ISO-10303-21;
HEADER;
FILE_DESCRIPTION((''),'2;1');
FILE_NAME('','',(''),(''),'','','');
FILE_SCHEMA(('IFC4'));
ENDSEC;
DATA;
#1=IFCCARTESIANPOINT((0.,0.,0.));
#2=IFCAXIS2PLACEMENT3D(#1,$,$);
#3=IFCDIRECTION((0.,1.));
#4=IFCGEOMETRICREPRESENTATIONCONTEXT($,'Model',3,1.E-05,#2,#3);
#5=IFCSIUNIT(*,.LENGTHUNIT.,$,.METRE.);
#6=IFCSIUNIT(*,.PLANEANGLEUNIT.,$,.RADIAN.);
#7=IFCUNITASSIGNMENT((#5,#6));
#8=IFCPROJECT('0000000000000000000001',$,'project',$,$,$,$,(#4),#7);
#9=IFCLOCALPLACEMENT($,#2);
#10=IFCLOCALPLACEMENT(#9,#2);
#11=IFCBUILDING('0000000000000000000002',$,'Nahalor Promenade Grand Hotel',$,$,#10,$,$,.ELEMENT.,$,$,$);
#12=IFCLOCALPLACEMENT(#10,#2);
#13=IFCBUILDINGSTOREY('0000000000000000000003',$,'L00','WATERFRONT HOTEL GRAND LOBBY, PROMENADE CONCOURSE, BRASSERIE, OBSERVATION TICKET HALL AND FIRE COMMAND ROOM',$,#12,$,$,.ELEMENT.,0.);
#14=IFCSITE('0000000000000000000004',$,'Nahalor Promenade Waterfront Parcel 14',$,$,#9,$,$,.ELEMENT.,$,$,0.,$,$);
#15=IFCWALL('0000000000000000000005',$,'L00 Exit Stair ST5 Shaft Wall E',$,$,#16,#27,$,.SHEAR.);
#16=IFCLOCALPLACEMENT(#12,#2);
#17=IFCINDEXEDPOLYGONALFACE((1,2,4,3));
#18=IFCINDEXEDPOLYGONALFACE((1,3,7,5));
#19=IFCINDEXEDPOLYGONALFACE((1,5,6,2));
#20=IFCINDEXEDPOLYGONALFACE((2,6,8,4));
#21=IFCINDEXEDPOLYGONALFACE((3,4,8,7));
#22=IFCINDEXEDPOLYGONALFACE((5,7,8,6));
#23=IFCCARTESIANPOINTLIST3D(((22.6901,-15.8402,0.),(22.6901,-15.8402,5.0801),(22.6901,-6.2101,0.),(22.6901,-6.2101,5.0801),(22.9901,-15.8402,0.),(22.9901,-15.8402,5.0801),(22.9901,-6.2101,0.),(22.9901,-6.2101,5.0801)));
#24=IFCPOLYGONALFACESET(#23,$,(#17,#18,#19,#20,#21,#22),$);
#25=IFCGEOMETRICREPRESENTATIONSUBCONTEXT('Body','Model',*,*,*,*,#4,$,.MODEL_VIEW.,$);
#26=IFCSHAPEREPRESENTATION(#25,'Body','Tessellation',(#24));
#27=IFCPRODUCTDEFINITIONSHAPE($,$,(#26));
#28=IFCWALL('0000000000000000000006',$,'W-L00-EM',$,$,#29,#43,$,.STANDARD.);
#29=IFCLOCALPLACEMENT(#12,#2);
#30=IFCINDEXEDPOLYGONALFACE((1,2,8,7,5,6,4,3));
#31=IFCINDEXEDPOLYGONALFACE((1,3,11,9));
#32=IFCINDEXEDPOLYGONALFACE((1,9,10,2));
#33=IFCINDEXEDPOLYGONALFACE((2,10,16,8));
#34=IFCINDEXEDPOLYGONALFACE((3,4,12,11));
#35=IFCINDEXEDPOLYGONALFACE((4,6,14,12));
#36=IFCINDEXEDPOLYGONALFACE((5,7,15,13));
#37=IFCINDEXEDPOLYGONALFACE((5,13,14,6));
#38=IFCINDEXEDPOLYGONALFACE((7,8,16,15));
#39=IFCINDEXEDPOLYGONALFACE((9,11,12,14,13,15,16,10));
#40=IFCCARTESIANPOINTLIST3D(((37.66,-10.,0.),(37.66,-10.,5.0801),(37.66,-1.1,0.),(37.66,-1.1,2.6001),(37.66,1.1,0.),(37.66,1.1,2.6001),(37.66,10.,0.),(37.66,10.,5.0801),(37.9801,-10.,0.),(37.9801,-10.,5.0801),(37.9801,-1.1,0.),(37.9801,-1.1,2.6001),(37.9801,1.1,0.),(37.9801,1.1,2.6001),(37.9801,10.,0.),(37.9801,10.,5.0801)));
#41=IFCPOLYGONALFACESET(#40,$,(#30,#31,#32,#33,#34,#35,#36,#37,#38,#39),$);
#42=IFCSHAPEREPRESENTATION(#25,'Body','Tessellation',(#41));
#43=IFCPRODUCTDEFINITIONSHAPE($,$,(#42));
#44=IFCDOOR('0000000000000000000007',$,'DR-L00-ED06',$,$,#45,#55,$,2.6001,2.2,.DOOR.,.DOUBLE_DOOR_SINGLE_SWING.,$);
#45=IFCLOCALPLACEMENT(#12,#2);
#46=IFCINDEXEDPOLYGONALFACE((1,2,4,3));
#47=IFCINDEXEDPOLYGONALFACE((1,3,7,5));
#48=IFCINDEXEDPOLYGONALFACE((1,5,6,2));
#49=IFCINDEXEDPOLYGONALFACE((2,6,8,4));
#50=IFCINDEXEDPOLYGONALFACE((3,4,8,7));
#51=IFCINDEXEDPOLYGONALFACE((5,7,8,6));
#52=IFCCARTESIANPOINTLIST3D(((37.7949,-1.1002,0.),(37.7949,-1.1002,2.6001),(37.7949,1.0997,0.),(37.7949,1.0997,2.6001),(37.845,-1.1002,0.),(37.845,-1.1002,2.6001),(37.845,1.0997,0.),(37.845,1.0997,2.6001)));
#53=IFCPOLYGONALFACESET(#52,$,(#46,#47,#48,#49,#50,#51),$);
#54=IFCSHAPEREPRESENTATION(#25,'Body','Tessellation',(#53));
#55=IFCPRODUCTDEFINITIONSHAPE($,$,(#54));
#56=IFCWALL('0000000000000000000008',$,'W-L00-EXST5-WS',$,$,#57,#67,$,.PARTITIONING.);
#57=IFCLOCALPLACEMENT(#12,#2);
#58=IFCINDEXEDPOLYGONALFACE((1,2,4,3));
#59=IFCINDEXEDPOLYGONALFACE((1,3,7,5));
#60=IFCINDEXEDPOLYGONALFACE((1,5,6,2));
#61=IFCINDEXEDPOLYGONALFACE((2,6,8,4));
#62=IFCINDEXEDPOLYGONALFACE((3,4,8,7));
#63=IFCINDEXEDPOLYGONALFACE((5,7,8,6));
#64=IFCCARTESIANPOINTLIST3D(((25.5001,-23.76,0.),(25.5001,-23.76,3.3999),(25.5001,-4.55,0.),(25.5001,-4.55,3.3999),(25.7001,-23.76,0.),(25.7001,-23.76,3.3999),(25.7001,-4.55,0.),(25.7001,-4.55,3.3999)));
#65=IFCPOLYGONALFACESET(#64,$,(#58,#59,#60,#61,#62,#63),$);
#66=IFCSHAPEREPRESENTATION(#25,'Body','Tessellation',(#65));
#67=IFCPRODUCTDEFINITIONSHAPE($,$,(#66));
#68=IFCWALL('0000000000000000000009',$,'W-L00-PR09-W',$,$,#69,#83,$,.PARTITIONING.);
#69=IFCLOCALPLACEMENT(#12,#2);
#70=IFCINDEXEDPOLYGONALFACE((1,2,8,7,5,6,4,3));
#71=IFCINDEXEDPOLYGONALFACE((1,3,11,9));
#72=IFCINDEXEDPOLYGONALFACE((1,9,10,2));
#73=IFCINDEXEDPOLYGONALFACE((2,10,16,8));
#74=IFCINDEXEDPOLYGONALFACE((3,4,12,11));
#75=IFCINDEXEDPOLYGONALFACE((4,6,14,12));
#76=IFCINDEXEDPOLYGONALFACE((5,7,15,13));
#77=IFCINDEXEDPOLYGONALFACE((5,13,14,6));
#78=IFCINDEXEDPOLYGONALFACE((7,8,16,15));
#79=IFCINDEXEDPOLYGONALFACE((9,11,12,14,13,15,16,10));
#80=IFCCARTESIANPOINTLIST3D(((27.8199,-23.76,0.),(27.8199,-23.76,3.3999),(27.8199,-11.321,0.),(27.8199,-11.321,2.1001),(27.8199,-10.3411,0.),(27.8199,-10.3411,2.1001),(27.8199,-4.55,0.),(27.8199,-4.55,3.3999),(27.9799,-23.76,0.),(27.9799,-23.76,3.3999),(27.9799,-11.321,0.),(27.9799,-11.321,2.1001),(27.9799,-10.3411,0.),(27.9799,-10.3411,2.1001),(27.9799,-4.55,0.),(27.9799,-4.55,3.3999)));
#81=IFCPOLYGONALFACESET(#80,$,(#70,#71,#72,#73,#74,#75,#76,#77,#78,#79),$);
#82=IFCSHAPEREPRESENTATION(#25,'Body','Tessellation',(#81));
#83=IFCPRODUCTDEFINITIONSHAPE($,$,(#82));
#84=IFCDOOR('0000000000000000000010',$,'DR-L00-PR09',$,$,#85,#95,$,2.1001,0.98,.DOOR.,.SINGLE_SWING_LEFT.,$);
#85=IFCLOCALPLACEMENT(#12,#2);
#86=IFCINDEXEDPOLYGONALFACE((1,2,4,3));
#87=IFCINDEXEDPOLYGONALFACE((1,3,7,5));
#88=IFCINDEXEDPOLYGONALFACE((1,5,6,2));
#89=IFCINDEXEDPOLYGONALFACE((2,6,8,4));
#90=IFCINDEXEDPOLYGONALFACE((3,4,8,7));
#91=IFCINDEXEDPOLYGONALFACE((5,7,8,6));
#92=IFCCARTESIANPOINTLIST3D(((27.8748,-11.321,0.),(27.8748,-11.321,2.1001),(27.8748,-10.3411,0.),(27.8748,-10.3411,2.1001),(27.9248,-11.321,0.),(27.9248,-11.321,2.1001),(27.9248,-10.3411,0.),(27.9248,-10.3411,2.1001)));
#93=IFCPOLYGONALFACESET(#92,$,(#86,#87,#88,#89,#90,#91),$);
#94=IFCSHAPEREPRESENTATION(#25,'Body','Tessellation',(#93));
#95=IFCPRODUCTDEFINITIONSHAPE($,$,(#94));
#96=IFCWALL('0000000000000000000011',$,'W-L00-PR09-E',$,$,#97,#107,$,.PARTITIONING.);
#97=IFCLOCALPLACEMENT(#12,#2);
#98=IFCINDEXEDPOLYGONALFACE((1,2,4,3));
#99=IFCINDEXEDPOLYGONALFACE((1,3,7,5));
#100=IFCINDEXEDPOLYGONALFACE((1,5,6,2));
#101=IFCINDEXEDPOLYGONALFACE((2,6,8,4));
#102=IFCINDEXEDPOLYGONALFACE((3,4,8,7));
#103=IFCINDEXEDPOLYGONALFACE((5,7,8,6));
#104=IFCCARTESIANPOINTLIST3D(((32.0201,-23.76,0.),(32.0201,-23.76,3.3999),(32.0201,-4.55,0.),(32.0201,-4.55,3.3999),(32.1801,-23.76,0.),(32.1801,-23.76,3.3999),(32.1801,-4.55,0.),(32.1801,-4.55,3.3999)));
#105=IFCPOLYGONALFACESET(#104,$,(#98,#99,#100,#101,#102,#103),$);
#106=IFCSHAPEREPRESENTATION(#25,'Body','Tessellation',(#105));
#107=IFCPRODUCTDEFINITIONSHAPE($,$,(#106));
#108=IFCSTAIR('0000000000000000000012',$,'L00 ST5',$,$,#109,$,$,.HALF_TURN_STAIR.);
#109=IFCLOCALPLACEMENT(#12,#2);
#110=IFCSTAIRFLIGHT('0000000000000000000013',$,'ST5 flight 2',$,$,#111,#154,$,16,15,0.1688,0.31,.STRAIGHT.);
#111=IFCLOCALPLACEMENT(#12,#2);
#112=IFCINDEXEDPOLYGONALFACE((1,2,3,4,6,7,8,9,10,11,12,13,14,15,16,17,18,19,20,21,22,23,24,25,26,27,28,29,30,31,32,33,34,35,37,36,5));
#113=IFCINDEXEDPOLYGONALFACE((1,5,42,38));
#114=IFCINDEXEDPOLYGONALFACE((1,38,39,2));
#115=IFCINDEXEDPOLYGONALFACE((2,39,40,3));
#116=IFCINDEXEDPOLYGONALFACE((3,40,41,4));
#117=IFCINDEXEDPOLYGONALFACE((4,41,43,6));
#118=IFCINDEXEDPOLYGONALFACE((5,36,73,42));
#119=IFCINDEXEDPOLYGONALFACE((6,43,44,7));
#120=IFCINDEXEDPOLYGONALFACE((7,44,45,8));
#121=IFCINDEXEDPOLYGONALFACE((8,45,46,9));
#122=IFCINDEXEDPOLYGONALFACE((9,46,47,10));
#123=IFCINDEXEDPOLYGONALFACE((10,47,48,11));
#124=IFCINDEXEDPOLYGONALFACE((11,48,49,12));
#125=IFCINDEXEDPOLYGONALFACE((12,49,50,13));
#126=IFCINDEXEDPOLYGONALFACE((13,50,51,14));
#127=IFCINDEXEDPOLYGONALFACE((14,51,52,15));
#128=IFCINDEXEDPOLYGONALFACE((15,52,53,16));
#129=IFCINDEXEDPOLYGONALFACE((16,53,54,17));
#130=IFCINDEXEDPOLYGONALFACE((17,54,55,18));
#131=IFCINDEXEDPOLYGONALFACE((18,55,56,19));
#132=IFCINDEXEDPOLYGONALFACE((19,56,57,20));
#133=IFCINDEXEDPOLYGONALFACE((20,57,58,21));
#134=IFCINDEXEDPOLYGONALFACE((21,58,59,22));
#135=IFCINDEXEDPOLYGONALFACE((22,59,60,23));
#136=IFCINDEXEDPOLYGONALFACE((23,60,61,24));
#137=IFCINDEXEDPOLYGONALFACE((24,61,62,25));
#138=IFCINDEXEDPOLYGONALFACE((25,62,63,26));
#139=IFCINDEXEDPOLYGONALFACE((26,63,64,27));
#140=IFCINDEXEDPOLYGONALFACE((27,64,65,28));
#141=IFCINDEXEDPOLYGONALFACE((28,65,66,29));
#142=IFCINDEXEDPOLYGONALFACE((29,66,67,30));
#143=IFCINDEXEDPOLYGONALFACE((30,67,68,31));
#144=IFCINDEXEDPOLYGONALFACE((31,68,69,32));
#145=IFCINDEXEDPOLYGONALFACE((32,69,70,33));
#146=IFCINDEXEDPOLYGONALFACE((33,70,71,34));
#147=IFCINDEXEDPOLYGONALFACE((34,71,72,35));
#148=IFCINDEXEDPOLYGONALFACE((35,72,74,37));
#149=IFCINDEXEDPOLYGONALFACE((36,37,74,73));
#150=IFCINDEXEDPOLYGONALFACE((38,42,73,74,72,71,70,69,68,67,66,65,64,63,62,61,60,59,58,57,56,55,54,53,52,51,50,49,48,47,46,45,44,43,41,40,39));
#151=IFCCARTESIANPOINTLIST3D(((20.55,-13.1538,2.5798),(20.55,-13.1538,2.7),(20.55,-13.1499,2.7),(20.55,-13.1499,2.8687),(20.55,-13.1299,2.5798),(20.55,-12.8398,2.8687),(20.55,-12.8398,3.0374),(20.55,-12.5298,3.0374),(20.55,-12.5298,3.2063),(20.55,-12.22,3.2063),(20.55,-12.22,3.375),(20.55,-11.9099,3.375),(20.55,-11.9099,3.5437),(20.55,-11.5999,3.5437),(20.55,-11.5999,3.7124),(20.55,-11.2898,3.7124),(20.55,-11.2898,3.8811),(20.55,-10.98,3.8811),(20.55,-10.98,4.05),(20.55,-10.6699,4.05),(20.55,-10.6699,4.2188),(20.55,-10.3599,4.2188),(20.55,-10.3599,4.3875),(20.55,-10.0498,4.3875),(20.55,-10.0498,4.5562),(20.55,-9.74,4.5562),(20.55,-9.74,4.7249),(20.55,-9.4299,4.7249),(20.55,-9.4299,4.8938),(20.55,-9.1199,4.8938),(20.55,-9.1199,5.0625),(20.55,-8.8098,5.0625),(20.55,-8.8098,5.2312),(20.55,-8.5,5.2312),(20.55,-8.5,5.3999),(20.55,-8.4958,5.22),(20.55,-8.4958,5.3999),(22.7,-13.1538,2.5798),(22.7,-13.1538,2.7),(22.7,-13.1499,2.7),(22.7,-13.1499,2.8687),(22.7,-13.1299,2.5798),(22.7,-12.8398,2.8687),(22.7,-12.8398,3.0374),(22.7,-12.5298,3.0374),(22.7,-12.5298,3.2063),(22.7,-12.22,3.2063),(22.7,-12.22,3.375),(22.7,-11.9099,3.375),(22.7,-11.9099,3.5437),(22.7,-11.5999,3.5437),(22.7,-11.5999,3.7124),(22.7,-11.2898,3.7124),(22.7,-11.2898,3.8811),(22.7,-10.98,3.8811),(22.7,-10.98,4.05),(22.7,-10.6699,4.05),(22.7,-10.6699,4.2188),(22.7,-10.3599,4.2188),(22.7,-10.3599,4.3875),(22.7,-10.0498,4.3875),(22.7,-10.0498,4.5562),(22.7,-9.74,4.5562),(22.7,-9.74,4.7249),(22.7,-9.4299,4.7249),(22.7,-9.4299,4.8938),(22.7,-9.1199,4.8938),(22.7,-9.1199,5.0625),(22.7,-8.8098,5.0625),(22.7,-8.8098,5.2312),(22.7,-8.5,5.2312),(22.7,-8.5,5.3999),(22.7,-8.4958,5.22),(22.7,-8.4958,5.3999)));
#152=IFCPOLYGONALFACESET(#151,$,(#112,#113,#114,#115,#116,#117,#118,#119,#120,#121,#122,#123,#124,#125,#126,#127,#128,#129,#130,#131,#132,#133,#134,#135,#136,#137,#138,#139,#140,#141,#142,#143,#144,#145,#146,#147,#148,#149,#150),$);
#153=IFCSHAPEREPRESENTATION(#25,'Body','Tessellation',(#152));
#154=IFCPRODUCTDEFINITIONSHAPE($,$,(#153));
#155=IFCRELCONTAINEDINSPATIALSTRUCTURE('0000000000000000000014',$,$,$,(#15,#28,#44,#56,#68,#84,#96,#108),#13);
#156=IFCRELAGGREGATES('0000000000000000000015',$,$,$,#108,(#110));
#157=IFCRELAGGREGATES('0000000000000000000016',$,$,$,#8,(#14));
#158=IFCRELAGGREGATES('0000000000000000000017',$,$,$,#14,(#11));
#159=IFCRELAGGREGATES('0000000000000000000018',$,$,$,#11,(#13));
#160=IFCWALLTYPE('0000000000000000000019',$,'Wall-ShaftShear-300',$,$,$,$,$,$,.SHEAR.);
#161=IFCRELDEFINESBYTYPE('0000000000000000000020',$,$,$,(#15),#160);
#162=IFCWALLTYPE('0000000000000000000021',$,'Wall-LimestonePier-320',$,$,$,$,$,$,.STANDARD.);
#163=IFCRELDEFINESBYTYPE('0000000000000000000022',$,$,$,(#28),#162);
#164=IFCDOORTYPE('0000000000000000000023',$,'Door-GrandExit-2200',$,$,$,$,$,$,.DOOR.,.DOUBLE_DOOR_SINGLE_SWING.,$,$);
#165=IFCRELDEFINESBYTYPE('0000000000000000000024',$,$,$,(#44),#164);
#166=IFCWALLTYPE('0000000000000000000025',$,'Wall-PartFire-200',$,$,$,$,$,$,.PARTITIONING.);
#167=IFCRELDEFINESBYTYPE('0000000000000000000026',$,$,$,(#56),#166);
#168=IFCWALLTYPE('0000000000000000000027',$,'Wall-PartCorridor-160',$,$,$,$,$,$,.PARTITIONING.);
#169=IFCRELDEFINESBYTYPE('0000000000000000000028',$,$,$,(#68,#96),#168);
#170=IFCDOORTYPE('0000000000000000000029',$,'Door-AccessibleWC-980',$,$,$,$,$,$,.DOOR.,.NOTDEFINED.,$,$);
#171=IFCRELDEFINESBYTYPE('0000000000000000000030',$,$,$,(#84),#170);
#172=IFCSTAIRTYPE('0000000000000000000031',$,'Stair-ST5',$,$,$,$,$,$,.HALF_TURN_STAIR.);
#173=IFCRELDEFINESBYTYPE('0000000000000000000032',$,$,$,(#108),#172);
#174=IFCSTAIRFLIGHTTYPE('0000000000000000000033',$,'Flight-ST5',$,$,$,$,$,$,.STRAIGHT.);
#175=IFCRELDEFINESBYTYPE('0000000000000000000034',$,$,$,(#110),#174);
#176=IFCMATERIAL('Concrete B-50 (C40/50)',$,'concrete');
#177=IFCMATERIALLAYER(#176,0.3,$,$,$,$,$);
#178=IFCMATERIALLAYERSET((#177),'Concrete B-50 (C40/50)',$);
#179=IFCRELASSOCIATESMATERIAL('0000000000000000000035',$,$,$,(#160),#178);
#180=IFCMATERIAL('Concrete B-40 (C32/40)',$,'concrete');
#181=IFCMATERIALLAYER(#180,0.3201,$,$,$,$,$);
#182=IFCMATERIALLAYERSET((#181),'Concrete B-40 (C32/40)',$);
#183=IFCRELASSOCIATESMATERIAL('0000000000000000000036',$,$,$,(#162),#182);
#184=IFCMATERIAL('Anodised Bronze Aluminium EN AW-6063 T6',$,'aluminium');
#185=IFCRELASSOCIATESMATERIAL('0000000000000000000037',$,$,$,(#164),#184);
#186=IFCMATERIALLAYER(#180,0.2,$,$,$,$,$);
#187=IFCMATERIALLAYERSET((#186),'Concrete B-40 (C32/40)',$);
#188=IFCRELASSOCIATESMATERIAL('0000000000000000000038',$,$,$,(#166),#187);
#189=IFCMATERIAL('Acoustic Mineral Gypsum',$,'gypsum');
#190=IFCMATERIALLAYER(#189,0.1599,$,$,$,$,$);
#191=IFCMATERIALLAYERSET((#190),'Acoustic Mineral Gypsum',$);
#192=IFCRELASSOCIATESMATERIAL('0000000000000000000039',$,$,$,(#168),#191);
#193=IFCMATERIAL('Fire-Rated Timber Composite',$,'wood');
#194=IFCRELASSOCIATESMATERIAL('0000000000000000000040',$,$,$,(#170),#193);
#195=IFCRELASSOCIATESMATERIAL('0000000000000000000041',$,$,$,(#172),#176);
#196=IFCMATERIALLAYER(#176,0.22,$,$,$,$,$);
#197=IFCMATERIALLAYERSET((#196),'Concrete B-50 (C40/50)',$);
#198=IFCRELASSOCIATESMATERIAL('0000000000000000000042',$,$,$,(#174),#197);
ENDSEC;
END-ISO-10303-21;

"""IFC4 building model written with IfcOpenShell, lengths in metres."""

from ifc_helpers import new_model, si_unit, direction, frame, frame_2d, origin, place, context, subcontext, project, spatial, polyline, rectangle, outline, extrude, source, transform, mapped, material, layer, layer_set, type_object, element, fill, aggregate, save


model = new_model("IFC4")

# Units and contexts
model_context = context("Model", 3, precision=1e-05, world=origin(), true_north=direction((0.0, 1.0)))
body_context = subcontext(model_context, "Body", "Model", "MODEL_VIEW")
ifc_project = project(units=[si_unit("LENGTHUNIT", "METRE"), si_unit("PLANEANGLEUNIT", "RADIAN")], contexts=[model_context])

# Site, building, storey
site_placement = place(None, origin())
site = spatial("IfcSite", under=ifc_project, at=site_placement, Name="Nahalor Promenade Waterfront Parcel 14", CompositionType="ELEMENT", RefElevation=0.0)
building_placement = place(site_placement, origin())
building = spatial("IfcBuilding", under=site, at=building_placement, Name="Nahalor Promenade Grand Hotel", CompositionType="ELEMENT")
storey_placement = place(building_placement, origin())
storey = spatial("IfcBuildingStorey", under=building, at=storey_placement, Name="L00", Description="WATERFRONT HOTEL GRAND LOBBY, PROMENADE CONCOURSE, BRASSERIE, OBSERVATION TICKET HALL AND FIRE COMMAND ROOM", CompositionType="ELEMENT", Elevation=0.0)

# Shared definitions
ifc_material_1 = material(Name="Anodised Bronze Aluminium EN AW-6063 T6", Category="aluminium")

# Wall
ifc_material_2 = material(Name="Concrete B-50 (C40/50)", Category="concrete")
ifc_layer_1 = layer(ifc_material_2, 0.3)
ifc_layer_set_1 = layer_set([ifc_layer_1], Name="Concrete B-50 (C40/50)")
wall_type_1 = type_object("IfcWallType", Name="Wall-ShaftShear-300", PredefinedType="SHEAR", material=ifc_layer_set_1)
shared_shape_1 = source(origin(), body_context, "Body", "SweptSolid", [
    extrude(rectangle(XDim=9.6301, YDim=0.3, at=frame_2d((4.8149, 0.0))), origin(), (0.0, 0.0, 1.0), 5.0801),
])
wall_1_placement = place(storey_placement, frame((22.8401, -15.8401, 0.0), z_axis=(0.0, 0.0, 1.0), x_axis=(0.0, 1.0, 0.0)))
element("IfcWall", 1, at=wall_1_placement, inside=storey, type_object=wall_type_1, Name="L00 Exit Stair ST5 Shaft Wall E", PredefinedType="SHEAR", context=body_context, shape_type="MappedRepresentation", body=[
    mapped(shared_shape_1, transform((0.0, 0.0, 0.0), scale=1.0)),
])

# Wall, opening, door
ifc_material_3 = material(Name="Concrete B-40 (C32/40)", Category="concrete")
ifc_layer_2 = layer(ifc_material_3, 0.3201)
ifc_layer_set_2 = layer_set([ifc_layer_2], Name="Concrete B-40 (C32/40)")
wall_type_2 = type_object("IfcWallType", Name="Wall-LimestonePier-320", PredefinedType="STANDARD", material=ifc_layer_set_2)
shared_shape_2 = source(origin(), body_context, "Body", "SweptSolid", [
    extrude(rectangle(XDim=20.0, YDim=0.3201, at=frame_2d((10.0, 0.0))), origin(), (0.0, 0.0, 1.0), 5.0801),
])
wall_2_placement = place(storey_placement, frame((37.8201, -10.0, 0.0), z_axis=(0.0, 0.0, 1.0), x_axis=(0.0, 1.0, 0.0)))
wall_2 = element("IfcWall", 2, at=wall_2_placement, inside=storey, type_object=wall_type_2, Name="W-L00-EM", PredefinedType="STANDARD", context=body_context, shape_type="MappedRepresentation", body=[
    mapped(shared_shape_2, transform((0.0, 0.0, 0.0), scale=1.0)),
])
opening_1_placement = place(wall_2_placement, frame((8.8999, 0.0, 0.0)))
opening_1 = element("IfcOpeningElement", 3, at=opening_1_placement, cuts=wall_2, PredefinedType="OPENING", context=body_context, shape_type="SweptSolid", body=[
    extrude(rectangle(XDim=2.2, YDim=2.6001, at=frame_2d((1.1001, 1.3))), frame((0.0, 0.1699, 0.0), z_axis=(0.0, -1.0, 0.0), x_axis=(1.0, 0.0, 0.0)), (0.0, 0.0, 1.0), 0.3401),
])
door_type_1 = type_object("IfcDoorType", Name="Door-GrandExit-2200", OperationType="DOUBLE_DOOR_SINGLE_SWING", PredefinedType="DOOR", material=ifc_material_1)
shared_shape_3 = source(origin(), body_context, "Body", "SweptSolid", [
    extrude(rectangle(XDim=2.2, YDim=2.6001, at=frame_2d((1.1001, 1.3))), frame((0.0, 0.0249, 0.0), z_axis=(0.0, -1.0, 0.0), x_axis=(1.0, 0.0, 0.0)), (0.0, 0.0, 1.0), 0.05),
])
door_1_placement = place(opening_1_placement, frame((2.2, 0.0, 0.0), z_axis=(0.0, 0.0, 1.0), x_axis=(-1.0, 0.0, 0.0)))
door_1 = element("IfcDoor", 4, at=door_1_placement, inside=storey, type_object=door_type_1, Name="DR-L00-ED06", OperationType="DOUBLE_DOOR_SINGLE_SWING", OverallHeight=2.6001, OverallWidth=2.2, PredefinedType="DOOR", context=body_context, shape_type="MappedRepresentation", body=[
    mapped(shared_shape_3, transform((0.0, 0.0, 0.0), scale=1.0)),
])
fill(opening_1, door_1)

# Wall
ifc_layer_3 = layer(ifc_material_3, 0.2)
ifc_layer_set_3 = layer_set([ifc_layer_3], Name="Concrete B-40 (C32/40)")
wall_type_3 = type_object("IfcWallType", Name="Wall-PartFire-200", PredefinedType="PARTITIONING", material=ifc_layer_set_3)
shared_shape_4 = source(origin(), body_context, "Body", "SweptSolid", [
    extrude(rectangle(XDim=19.21, YDim=0.2, at=frame_2d((9.605, 0.0))), origin(), (0.0, 0.0, 1.0), 3.3999),
])
wall_3_placement = place(storey_placement, frame((25.6001, -23.76, 0.0), z_axis=(0.0, 0.0, 1.0), x_axis=(0.0, 1.0, 0.0)))
element("IfcWall", 5, at=wall_3_placement, inside=storey, type_object=wall_type_3, Name="W-L00-EXST5-WS", PredefinedType="PARTITIONING", context=body_context, shape_type="MappedRepresentation", body=[
    mapped(shared_shape_4, transform((0.0, 0.0, 0.0), scale=1.0)),
])

# Wall, opening, door
ifc_material_4 = material(Name="Acoustic Mineral Gypsum", Category="gypsum")
ifc_layer_4 = layer(ifc_material_4, 0.1599)
ifc_layer_set_4 = layer_set([ifc_layer_4], Name="Acoustic Mineral Gypsum")
wall_type_4 = type_object("IfcWallType", Name="Wall-PartCorridor-160", PredefinedType="PARTITIONING", material=ifc_layer_set_4)
shared_shape_5 = source(origin(), body_context, "Body", "SweptSolid", [
    extrude(rectangle(XDim=19.21, YDim=0.1599, at=frame_2d((9.605, 0.0))), origin(), (0.0, 0.0, 1.0), 3.3999),
])
wall_4_placement = place(storey_placement, frame((27.8999, -23.76, 0.0), z_axis=(0.0, 0.0, 1.0), x_axis=(0.0, 1.0, 0.0)))
wall_4 = element("IfcWall", 6, at=wall_4_placement, inside=storey, type_object=wall_type_4, Name="W-L00-PR09-W", PredefinedType="PARTITIONING", context=body_context, shape_type="MappedRepresentation", body=[
    mapped(shared_shape_5, transform((0.0, 0.0, 0.0), scale=1.0)),
])
opening_2_placement = place(wall_4_placement, frame((12.439, 0.0, 0.0)))
opening_2 = element("IfcOpeningElement", 7, at=opening_2_placement, cuts=wall_4, PredefinedType="OPENING", context=body_context, shape_type="SweptSolid", body=[
    extrude(rectangle(XDim=0.98, YDim=2.1001, at=frame_2d((0.49, 1.05))), frame((0.0, 0.0898, 0.0), z_axis=(0.0, -1.0, 0.0), x_axis=(1.0, 0.0, 0.0)), (0.0, 0.0, 1.0), 0.1799),
])
ifc_material_5 = material(Name="Fire-Rated Timber Composite", Category="wood")
door_type_2 = type_object("IfcDoorType", Name="Door-AccessibleWC-980", OperationType="NOTDEFINED", PredefinedType="DOOR", material=ifc_material_5)
shared_shape_6 = source(origin(), body_context, "Body", "SweptSolid", [
    extrude(rectangle(XDim=0.98, YDim=2.1001, at=frame_2d((0.49, 1.05))), frame((0.0, 0.0249, 0.0), z_axis=(0.0, -1.0, 0.0), x_axis=(1.0, 0.0, 0.0)), (0.0, 0.0, 1.0), 0.05),
])
door_2_placement = place(opening_2_placement, frame((0.98, 0.0, 0.0), z_axis=(0.0, 0.0, 1.0), x_axis=(-1.0, 0.0, 0.0)))
door_2 = element("IfcDoor", 8, at=door_2_placement, inside=storey, type_object=door_type_2, Name="DR-L00-PR09", OperationType="SINGLE_SWING_LEFT", OverallHeight=2.1001, OverallWidth=0.98, PredefinedType="DOOR", context=body_context, shape_type="MappedRepresentation", body=[
    mapped(shared_shape_6, transform((0.0, 0.0, 0.0), scale=1.0)),
])
fill(opening_2, door_2)

# Wall
wall_5_placement = place(storey_placement, frame((32.1001, -23.76, 0.0), z_axis=(0.0, 0.0, 1.0), x_axis=(0.0, 1.0, 0.0)))
element("IfcWall", 9, at=wall_5_placement, inside=storey, type_object=wall_type_4, Name="W-L00-PR09-E", PredefinedType="PARTITIONING", context=body_context, shape_type="MappedRepresentation", body=[
    mapped(shared_shape_5, transform((0.0, 0.0, 0.0), scale=1.0)),
])

# Stair, stair flight
stair_type = type_object("IfcStairType", Name="Stair-ST5", PredefinedType="HALF_TURN_STAIR", material=ifc_material_2)
stair_placement = place(storey_placement, origin())
stair = element("IfcStair", 10, at=stair_placement, inside=storey, type_object=stair_type, Name="L00 ST5", PredefinedType="HALF_TURN_STAIR")
ifc_layer_5 = layer(ifc_material_2, 0.22)
ifc_layer_set_5 = layer_set([ifc_layer_5], Name="Concrete B-50 (C40/50)")
stair_flight_type = type_object("IfcStairFlightType", Name="Flight-ST5", PredefinedType="STRAIGHT", material=ifc_layer_set_5)
shared_shape_7 = source(origin(), body_context, "Body", "SweptSolid", [
    extrude(outline(polyline([(-0.0039, -0.1201), (-0.0039, 0.0), (0.0, 0.0), (0.0, 0.1687), (0.3101, 0.1687), (0.3101, 0.3374), (0.6201, 0.3374), (0.6201, 0.5063), (0.9299, 0.5063), (0.9299, 0.675), (1.24, 0.675), (1.24, 0.8438), (1.55, 0.8438), (1.55, 1.0125), (1.8601, 1.0125), (1.8601, 1.1812), (2.1699, 1.1812), (2.1699, 1.3501), (2.48, 1.3501), (2.48, 1.5188), (2.79, 1.5188), (2.79, 1.6875), (3.1001, 1.6875), (3.1001, 1.8562), (3.4099, 1.8562), (3.4099, 2.0249), (3.72, 2.0249), (3.72, 2.1938), (4.03, 2.1938), (4.03, 2.3625), (4.3401, 2.3625), (4.3401, 2.5312), (4.6499, 2.5312), (4.6499, 2.7), (4.6541, 2.7), (4.6541, 2.52), (0.02, -0.1201), (-0.0039, -0.1201)])), frame((0.0, 1.075, 0.0), z_axis=(0.0, -1.0, 0.0), x_axis=(1.0, 0.0, 0.0)), (0.0, 0.0, 1.0), 2.1499),
])
stair_flight_placement = place(storey_placement, frame((21.625, -13.1499, 2.7), z_axis=(0.0, 0.0, 1.0), x_axis=(0.0, 1.0, 0.0)))
stair_flight = element("IfcStairFlight", 11, at=stair_flight_placement, type_object=stair_flight_type, Name="ST5 flight 2", NumberOfRisers=16, NumberOfTreads=15, PredefinedType="STRAIGHT", RiserHeight=0.1688, TreadLength=0.31, context=body_context, shape_type="MappedRepresentation", body=[
    mapped(shared_shape_7, transform((0.0, 0.0, 0.0), scale=1.0)),
])
aggregate(stair, [stair_flight])

save(model, "model.ifc")
